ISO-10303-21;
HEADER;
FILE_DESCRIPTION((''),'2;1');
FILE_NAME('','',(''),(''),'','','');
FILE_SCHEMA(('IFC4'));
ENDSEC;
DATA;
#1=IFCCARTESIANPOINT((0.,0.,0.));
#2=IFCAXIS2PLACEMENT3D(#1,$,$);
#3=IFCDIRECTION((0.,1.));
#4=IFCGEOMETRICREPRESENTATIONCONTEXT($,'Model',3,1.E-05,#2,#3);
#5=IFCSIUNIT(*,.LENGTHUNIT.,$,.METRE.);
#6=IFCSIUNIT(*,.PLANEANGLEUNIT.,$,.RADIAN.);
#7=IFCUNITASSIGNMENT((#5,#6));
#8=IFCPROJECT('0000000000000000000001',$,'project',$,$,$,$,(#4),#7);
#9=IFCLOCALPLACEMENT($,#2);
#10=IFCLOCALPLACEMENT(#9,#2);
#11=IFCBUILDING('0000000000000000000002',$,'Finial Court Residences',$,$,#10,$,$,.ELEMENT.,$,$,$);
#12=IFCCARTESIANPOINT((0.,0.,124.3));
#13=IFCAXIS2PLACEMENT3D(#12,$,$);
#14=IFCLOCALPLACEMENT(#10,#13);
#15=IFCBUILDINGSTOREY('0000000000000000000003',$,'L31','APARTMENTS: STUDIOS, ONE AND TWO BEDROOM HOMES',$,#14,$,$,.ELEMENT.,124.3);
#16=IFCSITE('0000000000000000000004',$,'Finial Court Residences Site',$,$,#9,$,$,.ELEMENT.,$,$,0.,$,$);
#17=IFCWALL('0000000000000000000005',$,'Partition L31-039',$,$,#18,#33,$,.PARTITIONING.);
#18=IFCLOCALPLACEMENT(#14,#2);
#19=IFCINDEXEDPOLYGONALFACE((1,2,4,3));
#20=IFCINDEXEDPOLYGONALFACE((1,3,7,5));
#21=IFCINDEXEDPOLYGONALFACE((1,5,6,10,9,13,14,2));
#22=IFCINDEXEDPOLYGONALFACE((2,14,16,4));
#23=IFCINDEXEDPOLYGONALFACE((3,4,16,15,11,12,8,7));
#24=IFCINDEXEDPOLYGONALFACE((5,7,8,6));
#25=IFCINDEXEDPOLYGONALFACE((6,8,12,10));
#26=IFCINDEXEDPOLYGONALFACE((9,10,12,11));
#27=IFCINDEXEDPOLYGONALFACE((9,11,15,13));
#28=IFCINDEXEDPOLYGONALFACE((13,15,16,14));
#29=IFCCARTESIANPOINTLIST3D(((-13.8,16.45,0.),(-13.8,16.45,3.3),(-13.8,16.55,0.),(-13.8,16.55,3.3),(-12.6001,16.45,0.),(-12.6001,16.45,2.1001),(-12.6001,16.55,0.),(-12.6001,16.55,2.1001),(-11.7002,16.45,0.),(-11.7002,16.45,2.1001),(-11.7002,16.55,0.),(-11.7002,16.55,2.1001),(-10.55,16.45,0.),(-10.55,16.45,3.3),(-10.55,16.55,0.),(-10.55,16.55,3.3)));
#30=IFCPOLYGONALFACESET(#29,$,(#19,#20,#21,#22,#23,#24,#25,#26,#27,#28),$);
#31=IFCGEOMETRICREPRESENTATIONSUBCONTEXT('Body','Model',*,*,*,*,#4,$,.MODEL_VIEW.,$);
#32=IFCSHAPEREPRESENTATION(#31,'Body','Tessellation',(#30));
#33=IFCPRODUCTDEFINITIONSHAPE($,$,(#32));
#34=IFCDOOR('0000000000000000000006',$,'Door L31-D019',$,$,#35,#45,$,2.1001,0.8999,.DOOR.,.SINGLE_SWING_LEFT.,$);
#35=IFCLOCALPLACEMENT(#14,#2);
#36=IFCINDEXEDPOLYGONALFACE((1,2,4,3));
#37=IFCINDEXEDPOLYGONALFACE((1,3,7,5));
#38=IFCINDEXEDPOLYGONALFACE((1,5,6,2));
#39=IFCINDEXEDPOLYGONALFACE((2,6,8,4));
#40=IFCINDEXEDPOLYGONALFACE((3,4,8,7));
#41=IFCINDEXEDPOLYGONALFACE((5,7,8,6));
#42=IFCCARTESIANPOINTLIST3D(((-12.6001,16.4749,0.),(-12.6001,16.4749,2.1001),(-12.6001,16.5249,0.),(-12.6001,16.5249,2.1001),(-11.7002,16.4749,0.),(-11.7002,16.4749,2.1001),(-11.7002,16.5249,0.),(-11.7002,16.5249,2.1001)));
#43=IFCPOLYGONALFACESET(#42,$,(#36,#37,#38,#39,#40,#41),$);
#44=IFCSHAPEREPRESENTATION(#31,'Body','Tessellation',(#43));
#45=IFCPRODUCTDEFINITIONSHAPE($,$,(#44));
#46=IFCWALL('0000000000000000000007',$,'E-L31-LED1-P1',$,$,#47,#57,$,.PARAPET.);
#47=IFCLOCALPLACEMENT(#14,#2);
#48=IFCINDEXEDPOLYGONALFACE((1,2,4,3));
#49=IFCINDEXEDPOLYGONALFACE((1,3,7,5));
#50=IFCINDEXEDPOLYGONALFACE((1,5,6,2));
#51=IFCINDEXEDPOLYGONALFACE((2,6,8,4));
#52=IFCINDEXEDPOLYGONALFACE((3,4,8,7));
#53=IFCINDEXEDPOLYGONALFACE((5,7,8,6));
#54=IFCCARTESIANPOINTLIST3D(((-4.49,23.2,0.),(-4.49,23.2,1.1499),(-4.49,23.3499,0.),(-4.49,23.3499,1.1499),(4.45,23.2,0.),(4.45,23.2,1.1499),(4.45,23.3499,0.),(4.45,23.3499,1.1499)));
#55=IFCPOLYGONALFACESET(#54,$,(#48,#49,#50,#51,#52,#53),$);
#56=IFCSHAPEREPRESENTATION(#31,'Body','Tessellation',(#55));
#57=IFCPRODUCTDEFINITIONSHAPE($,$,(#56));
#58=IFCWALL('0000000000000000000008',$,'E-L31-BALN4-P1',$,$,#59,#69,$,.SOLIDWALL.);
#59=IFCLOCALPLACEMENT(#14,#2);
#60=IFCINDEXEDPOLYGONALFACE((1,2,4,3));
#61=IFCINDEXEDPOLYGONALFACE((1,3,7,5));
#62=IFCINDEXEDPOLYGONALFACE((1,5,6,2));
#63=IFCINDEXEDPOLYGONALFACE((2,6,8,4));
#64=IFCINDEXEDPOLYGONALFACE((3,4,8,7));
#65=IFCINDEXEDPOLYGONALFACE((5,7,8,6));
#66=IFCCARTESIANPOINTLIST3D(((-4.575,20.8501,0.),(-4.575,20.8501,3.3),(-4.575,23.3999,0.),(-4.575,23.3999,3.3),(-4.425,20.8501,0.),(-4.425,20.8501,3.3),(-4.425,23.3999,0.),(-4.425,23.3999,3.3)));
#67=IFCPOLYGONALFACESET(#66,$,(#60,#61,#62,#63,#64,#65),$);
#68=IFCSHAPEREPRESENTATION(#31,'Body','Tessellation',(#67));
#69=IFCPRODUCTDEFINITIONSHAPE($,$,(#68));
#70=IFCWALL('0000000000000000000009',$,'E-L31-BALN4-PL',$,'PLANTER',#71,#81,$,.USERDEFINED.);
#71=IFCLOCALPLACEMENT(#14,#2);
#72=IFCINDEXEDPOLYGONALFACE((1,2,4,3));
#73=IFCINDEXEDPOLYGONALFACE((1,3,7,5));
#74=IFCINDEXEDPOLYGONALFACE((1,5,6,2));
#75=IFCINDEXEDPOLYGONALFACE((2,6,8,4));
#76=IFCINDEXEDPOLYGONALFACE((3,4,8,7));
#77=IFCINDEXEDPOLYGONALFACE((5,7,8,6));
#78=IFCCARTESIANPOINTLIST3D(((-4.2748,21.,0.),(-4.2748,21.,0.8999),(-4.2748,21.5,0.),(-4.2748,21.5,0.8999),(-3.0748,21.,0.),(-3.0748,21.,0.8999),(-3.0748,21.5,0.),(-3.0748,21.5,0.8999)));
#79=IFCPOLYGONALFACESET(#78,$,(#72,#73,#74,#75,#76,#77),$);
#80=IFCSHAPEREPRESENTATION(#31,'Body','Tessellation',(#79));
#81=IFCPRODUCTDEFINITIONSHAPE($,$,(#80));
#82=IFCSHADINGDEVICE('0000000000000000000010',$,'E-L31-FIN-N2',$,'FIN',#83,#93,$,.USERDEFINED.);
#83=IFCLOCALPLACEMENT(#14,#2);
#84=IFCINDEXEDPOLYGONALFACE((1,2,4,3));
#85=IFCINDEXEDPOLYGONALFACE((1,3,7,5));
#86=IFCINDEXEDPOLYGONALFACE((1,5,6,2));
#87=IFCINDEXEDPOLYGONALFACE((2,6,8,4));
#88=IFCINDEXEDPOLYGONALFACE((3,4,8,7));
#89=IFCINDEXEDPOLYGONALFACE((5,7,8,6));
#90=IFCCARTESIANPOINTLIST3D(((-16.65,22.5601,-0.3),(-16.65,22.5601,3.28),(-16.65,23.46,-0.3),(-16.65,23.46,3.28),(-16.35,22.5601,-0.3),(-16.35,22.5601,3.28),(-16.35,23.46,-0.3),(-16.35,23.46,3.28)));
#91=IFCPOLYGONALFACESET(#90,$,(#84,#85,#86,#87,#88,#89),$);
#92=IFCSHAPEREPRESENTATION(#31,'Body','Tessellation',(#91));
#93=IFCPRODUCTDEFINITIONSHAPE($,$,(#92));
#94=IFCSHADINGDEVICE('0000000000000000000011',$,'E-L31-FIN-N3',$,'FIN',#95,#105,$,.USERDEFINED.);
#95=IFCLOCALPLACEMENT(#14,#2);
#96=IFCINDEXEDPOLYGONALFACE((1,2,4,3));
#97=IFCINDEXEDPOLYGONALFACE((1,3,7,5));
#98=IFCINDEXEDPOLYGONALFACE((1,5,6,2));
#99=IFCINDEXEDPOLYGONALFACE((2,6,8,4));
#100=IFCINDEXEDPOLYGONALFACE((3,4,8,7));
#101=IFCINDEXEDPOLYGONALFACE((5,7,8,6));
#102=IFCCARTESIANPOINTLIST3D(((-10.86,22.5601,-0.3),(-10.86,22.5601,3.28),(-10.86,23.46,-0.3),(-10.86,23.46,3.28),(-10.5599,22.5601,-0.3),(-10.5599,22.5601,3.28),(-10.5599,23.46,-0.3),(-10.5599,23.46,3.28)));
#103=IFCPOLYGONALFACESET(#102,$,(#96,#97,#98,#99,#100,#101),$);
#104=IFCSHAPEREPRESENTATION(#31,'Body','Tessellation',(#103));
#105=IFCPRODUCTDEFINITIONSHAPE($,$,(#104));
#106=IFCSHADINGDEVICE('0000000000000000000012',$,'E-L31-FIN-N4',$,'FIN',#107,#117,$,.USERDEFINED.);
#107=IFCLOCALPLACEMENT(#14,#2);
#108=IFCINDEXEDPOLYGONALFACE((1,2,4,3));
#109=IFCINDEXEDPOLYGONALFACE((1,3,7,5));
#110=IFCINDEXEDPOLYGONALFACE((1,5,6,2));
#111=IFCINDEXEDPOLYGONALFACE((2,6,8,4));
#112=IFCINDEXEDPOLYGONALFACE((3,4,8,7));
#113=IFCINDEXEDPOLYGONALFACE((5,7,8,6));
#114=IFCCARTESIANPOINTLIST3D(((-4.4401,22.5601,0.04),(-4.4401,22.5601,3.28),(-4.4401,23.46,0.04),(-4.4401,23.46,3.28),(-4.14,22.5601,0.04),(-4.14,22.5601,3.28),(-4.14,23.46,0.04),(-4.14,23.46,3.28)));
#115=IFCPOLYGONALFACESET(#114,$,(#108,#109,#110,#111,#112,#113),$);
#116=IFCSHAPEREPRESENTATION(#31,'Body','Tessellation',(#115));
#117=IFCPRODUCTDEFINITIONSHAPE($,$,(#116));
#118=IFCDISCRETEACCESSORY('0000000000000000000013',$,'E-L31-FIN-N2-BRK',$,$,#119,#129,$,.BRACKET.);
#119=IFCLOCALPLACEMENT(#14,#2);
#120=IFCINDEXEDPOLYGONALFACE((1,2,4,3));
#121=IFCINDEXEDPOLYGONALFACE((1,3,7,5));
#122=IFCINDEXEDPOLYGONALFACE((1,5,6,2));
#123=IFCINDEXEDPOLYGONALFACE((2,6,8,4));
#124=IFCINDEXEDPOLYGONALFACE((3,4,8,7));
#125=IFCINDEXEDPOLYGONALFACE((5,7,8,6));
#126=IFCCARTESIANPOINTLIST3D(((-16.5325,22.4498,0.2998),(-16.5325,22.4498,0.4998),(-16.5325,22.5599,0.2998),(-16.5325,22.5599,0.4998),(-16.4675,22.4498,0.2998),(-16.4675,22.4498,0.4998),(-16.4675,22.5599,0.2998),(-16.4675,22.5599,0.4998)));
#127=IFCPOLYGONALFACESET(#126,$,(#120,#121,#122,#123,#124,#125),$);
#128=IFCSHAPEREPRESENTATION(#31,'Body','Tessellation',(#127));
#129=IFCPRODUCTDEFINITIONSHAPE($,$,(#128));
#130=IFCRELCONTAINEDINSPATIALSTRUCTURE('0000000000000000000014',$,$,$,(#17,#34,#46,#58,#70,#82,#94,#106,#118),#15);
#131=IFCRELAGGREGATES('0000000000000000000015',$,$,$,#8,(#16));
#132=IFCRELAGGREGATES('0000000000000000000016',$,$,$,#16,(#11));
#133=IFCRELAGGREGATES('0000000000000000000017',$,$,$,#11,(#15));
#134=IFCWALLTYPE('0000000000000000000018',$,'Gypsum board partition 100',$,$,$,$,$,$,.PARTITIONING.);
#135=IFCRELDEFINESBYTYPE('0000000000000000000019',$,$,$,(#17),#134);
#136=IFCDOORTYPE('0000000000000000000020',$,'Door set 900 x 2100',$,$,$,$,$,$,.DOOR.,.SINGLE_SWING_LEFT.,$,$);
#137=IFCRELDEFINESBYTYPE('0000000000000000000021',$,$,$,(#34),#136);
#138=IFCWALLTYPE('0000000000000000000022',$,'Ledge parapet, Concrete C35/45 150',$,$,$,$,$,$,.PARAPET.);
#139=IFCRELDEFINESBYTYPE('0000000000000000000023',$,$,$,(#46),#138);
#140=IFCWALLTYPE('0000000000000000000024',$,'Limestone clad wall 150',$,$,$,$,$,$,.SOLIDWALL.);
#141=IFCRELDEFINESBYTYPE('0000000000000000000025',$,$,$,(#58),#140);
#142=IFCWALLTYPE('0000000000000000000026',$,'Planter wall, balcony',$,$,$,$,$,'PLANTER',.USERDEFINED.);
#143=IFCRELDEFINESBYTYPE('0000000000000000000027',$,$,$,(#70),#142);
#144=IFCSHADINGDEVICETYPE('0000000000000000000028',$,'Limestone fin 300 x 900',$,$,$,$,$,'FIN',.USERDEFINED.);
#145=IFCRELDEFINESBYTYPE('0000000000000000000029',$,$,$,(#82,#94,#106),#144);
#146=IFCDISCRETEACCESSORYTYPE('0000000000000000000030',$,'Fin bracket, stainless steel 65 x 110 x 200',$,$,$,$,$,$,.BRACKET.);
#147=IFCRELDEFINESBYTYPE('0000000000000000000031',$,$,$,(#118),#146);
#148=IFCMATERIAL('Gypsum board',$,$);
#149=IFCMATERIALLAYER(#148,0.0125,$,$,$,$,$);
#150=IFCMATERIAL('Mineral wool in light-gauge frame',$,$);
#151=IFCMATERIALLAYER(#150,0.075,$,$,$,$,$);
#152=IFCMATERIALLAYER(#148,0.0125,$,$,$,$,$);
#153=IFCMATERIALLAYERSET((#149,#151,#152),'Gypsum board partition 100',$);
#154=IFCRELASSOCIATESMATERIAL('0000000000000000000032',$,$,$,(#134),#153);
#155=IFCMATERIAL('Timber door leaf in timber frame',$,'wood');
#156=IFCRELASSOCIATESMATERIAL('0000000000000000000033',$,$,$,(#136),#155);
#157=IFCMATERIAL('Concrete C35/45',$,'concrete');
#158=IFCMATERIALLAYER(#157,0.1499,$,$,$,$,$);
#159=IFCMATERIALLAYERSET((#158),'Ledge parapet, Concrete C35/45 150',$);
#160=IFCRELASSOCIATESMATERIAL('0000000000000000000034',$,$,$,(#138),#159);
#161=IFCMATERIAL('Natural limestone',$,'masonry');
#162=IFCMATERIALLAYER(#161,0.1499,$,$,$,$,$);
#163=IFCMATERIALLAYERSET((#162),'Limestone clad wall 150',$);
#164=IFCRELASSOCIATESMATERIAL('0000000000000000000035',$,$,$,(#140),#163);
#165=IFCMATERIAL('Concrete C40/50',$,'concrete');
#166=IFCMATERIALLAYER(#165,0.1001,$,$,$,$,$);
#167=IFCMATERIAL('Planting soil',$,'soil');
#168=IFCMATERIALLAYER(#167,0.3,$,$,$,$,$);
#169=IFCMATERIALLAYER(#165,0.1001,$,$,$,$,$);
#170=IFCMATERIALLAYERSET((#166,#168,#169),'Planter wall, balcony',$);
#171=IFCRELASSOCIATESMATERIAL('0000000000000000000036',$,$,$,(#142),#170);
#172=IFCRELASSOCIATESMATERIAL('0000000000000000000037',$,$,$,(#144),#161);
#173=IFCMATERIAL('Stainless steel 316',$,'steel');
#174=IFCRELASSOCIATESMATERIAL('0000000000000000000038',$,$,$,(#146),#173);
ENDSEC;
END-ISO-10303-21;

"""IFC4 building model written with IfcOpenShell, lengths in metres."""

from ifc_helpers import new_model, si_unit, direction, frame, frame_2d, origin, origin_2d, place, context, subcontext, project, spatial, rectangle, extrude, material, layer, layer_set, type_object, element, fill, save


model = new_model("IFC4")

# Units and contexts
model_context = context("Model", 3, precision=1e-05, world=origin(), true_north=direction((0.0, 1.0)))
body_context = subcontext(model_context, "Body", "Model", "MODEL_VIEW")
ifc_project = project(units=[si_unit("LENGTHUNIT", "METRE"), si_unit("PLANEANGLEUNIT", "RADIAN")], contexts=[model_context])

# Site, building, storey
site_placement = place(None, origin())
site = spatial("IfcSite", under=ifc_project, at=site_placement, Name="Finial Court Residences Site", CompositionType="ELEMENT", RefElevation=0.0)
building_placement = place(site_placement, origin())
building = spatial("IfcBuilding", under=site, at=building_placement, Name="Finial Court Residences", CompositionType="ELEMENT")
storey_placement = place(building_placement, frame((0.0, 0.0, 124.3)))
storey = spatial("IfcBuildingStorey", under=building, at=storey_placement, Name="L31", Description="APARTMENTS: STUDIOS, ONE AND TWO BEDROOM HOMES", CompositionType="ELEMENT", Elevation=124.3)

# Wall, opening, door
ifc_material_1 = material(Name="Gypsum board")
ifc_layer_1 = layer(ifc_material_1, 0.0125)
ifc_material_2 = material(Name="Mineral wool in light-gauge frame")
ifc_layer_2 = layer(ifc_material_2, 0.075)
ifc_layer_3 = layer(ifc_material_1, 0.0125)
ifc_layer_set_1 = layer_set([ifc_layer_1, ifc_layer_2, ifc_layer_3], Name="Gypsum board partition 100")
wall_type_1 = type_object("IfcWallType", Name="Gypsum board partition 100", PredefinedType="PARTITIONING", material=ifc_layer_set_1)
wall_1_placement = place(storey_placement, frame((-13.8, 16.5, 0.0), z_axis=(0.0, 0.0, 1.0), x_axis=(1.0, 0.0, 0.0)))
wall_1 = element("IfcWall", 1, at=wall_1_placement, inside=storey, type_object=wall_type_1, Name="Partition L31-039", PredefinedType="PARTITIONING", context=body_context, shape_type="SweptSolid", body=[
    extrude(rectangle(XDim=3.25, YDim=0.1001, at=frame_2d((1.625, 0.0))), origin(), (0.0, 0.0, 1.0), 3.3),
])
opening_1_placement = place(wall_1_placement, frame((1.2, 0.0, 0.0)))
opening_1 = element("IfcOpeningElement", 2, at=opening_1_placement, cuts=wall_1, PredefinedType="OPENING", context=body_context, shape_type="SweptSolid", body=[
    extrude(rectangle(XDim=0.8999, YDim=2.1001, at=frame_2d((0.45, 1.05))), frame((0.0, 0.0601, 0.0), z_axis=(0.0, -1.0, 0.0), x_axis=(1.0, 0.0, 0.0)), (0.0, 0.0, 1.0), 0.1201),
])
ifc_material_3 = material(Name="Timber door leaf in timber frame", Category="wood")
door_type_1 = type_object("IfcDoorType", Name="Door set 900 x 2100", OperationType="SINGLE_SWING_LEFT", PredefinedType="DOOR", material=ifc_material_3)
door_1_placement = place(opening_1_placement, origin())
door_1 = element("IfcDoor", 3, at=door_1_placement, inside=storey, type_object=door_type_1, Name="Door L31-D019", OperationType="SINGLE_SWING_LEFT", OverallHeight=2.1001, OverallWidth=0.8999, PredefinedType="DOOR", context=body_context, shape_type="SweptSolid", body=[
    extrude(rectangle(XDim=0.8999, YDim=2.1001, at=frame_2d((0.45, 1.05))), frame((0.0, 0.0249, 0.0), z_axis=(0.0, -1.0, 0.0), x_axis=(1.0, 0.0, 0.0)), (0.0, 0.0, 1.0), 0.05),
])
fill(opening_1, door_1)

# Walls
ifc_material_4 = material(Name="Concrete C35/45", Category="concrete")
ifc_layer_4 = layer(ifc_material_4, 0.1499)
ifc_layer_set_2 = layer_set([ifc_layer_4], Name="Ledge parapet, Concrete C35/45 150")
wall_type_2 = type_object("IfcWallType", Name="Ledge parapet, Concrete C35/45 150", PredefinedType="PARAPET", material=ifc_layer_set_2)
wall_2_placement = place(storey_placement, frame((-4.49, 23.2749, 0.0), z_axis=(0.0, 0.0, 1.0), x_axis=(1.0, 0.0, 0.0)))
element("IfcWall", 4, at=wall_2_placement, inside=storey, type_object=wall_type_2, Name="E-L31-LED1-P1", PredefinedType="PARAPET", context=body_context, shape_type="SweptSolid", body=[
    extrude(rectangle(XDim=8.9399, YDim=0.1499, at=frame_2d((4.47, 0.0))), origin(), (0.0, 0.0, 1.0), 1.1499),
])
ifc_material_5 = material(Name="Natural limestone", Category="masonry")
ifc_layer_5 = layer(ifc_material_5, 0.1499)
ifc_layer_set_3 = layer_set([ifc_layer_5], Name="Limestone clad wall 150")
wall_type_3 = type_object("IfcWallType", Name="Limestone clad wall 150", PredefinedType="SOLIDWALL", material=ifc_layer_set_3)
wall_3_placement = place(storey_placement, frame((-4.5, 20.8501, 0.0), z_axis=(0.0, 0.0, 1.0), x_axis=(0.0, 1.0, 0.0)))
element("IfcWall", 5, at=wall_3_placement, inside=storey, type_object=wall_type_3, Name="E-L31-BALN4-P1", PredefinedType="SOLIDWALL", context=body_context, shape_type="SweptSolid", body=[
    extrude(rectangle(XDim=2.5498, YDim=0.1499, at=frame_2d((1.2749, 0.0))), origin(), (0.0, 0.0, 1.0), 3.3),
])

# Wall
ifc_material_6 = material(Name="Concrete C40/50", Category="concrete")
ifc_layer_6 = layer(ifc_material_6, 0.1001)
ifc_material_7 = material(Name="Planting soil", Category="soil")
ifc_layer_7 = layer(ifc_material_7, 0.3)
ifc_layer_8 = layer(ifc_material_6, 0.1001)
ifc_layer_set_4 = layer_set([ifc_layer_6, ifc_layer_7, ifc_layer_8], Name="Planter wall, balcony")
wall_type_4 = type_object("IfcWallType", Name="Planter wall, balcony", ElementType="PLANTER", PredefinedType="USERDEFINED", material=ifc_layer_set_4)
wall_4_placement = place(storey_placement, frame((-4.2749, 21.25, 0.0), z_axis=(0.0, 0.0, 1.0), x_axis=(1.0, 0.0, 0.0)))
element("IfcWall", 6, at=wall_4_placement, inside=storey, type_object=wall_type_4, Name="E-L31-BALN4-PL", ObjectType="PLANTER", PredefinedType="USERDEFINED", context=body_context, shape_type="SweptSolid", body=[
    extrude(rectangle(XDim=1.2, YDim=0.5, at=frame_2d((0.6001, 0.0))), origin(), (0.0, 0.0, 1.0), 0.8999),
])

# Shading devices
shading_device_type = type_object("IfcShadingDeviceType", Name="Limestone fin 300 x 900", ElementType="FIN", PredefinedType="USERDEFINED", material=ifc_material_5)
for number, where, z_axis, x_axis, name in (
    (7, (-16.5, 23.01, -0.3), (0.0, 0.0, 1.0), (1.0, 0.0, 0.0), "E-L31-FIN-N2"),
    (8, (-10.71, 23.01, -0.3), (0.0, 0.0, 1.0), (1.0, 0.0, 0.0), "E-L31-FIN-N3"),
):
    element("IfcShadingDevice", number, at=place(storey_placement, frame(where, z_axis=z_axis, x_axis=x_axis)), inside=storey, type_object=shading_device_type, Name=name, ObjectType="FIN", PredefinedType="USERDEFINED", context=body_context, shape_type="SweptSolid", body=[
        extrude(rectangle(XDim=0.3, YDim=0.8999, at=origin_2d()), origin(), (0.0, 0.0, 1.0), 3.5801),
    ])
shading_device_placement = place(storey_placement, frame((-4.29, 23.01, 0.04), z_axis=(0.0, 0.0, 1.0), x_axis=(1.0, 0.0, 0.0)))
element("IfcShadingDevice", 9, at=shading_device_placement, inside=storey, type_object=shading_device_type, Name="E-L31-FIN-N4", ObjectType="FIN", PredefinedType="USERDEFINED", context=body_context, shape_type="SweptSolid", body=[
    extrude(rectangle(XDim=0.3, YDim=0.8999, at=origin_2d()), origin(), (0.0, 0.0, 1.0), 3.24),
])

# Discrete accessory
ifc_material_8 = material(Name="Stainless steel 316", Category="steel")
discrete_accessory_type = type_object("IfcDiscreteAccessoryType", Name="Fin bracket, stainless steel 65 x 110 x 200", PredefinedType="BRACKET", material=ifc_material_8)
discrete_accessory_placement = place(storey_placement, frame((-16.5, 22.5049, 0.2998), z_axis=(0.0, 0.0, 1.0), x_axis=(1.0, 0.0, 0.0)))
element("IfcDiscreteAccessory", 10, at=discrete_accessory_placement, inside=storey, type_object=discrete_accessory_type, Name="E-L31-FIN-N2-BRK", PredefinedType="BRACKET", context=body_context, shape_type="SweptSolid", body=[
    extrude(rectangle(XDim=0.0649, YDim=0.1101, at=origin_2d()), origin(), (0.0, 0.0, 1.0), 0.2),
])

save(model, "model.ifc")
